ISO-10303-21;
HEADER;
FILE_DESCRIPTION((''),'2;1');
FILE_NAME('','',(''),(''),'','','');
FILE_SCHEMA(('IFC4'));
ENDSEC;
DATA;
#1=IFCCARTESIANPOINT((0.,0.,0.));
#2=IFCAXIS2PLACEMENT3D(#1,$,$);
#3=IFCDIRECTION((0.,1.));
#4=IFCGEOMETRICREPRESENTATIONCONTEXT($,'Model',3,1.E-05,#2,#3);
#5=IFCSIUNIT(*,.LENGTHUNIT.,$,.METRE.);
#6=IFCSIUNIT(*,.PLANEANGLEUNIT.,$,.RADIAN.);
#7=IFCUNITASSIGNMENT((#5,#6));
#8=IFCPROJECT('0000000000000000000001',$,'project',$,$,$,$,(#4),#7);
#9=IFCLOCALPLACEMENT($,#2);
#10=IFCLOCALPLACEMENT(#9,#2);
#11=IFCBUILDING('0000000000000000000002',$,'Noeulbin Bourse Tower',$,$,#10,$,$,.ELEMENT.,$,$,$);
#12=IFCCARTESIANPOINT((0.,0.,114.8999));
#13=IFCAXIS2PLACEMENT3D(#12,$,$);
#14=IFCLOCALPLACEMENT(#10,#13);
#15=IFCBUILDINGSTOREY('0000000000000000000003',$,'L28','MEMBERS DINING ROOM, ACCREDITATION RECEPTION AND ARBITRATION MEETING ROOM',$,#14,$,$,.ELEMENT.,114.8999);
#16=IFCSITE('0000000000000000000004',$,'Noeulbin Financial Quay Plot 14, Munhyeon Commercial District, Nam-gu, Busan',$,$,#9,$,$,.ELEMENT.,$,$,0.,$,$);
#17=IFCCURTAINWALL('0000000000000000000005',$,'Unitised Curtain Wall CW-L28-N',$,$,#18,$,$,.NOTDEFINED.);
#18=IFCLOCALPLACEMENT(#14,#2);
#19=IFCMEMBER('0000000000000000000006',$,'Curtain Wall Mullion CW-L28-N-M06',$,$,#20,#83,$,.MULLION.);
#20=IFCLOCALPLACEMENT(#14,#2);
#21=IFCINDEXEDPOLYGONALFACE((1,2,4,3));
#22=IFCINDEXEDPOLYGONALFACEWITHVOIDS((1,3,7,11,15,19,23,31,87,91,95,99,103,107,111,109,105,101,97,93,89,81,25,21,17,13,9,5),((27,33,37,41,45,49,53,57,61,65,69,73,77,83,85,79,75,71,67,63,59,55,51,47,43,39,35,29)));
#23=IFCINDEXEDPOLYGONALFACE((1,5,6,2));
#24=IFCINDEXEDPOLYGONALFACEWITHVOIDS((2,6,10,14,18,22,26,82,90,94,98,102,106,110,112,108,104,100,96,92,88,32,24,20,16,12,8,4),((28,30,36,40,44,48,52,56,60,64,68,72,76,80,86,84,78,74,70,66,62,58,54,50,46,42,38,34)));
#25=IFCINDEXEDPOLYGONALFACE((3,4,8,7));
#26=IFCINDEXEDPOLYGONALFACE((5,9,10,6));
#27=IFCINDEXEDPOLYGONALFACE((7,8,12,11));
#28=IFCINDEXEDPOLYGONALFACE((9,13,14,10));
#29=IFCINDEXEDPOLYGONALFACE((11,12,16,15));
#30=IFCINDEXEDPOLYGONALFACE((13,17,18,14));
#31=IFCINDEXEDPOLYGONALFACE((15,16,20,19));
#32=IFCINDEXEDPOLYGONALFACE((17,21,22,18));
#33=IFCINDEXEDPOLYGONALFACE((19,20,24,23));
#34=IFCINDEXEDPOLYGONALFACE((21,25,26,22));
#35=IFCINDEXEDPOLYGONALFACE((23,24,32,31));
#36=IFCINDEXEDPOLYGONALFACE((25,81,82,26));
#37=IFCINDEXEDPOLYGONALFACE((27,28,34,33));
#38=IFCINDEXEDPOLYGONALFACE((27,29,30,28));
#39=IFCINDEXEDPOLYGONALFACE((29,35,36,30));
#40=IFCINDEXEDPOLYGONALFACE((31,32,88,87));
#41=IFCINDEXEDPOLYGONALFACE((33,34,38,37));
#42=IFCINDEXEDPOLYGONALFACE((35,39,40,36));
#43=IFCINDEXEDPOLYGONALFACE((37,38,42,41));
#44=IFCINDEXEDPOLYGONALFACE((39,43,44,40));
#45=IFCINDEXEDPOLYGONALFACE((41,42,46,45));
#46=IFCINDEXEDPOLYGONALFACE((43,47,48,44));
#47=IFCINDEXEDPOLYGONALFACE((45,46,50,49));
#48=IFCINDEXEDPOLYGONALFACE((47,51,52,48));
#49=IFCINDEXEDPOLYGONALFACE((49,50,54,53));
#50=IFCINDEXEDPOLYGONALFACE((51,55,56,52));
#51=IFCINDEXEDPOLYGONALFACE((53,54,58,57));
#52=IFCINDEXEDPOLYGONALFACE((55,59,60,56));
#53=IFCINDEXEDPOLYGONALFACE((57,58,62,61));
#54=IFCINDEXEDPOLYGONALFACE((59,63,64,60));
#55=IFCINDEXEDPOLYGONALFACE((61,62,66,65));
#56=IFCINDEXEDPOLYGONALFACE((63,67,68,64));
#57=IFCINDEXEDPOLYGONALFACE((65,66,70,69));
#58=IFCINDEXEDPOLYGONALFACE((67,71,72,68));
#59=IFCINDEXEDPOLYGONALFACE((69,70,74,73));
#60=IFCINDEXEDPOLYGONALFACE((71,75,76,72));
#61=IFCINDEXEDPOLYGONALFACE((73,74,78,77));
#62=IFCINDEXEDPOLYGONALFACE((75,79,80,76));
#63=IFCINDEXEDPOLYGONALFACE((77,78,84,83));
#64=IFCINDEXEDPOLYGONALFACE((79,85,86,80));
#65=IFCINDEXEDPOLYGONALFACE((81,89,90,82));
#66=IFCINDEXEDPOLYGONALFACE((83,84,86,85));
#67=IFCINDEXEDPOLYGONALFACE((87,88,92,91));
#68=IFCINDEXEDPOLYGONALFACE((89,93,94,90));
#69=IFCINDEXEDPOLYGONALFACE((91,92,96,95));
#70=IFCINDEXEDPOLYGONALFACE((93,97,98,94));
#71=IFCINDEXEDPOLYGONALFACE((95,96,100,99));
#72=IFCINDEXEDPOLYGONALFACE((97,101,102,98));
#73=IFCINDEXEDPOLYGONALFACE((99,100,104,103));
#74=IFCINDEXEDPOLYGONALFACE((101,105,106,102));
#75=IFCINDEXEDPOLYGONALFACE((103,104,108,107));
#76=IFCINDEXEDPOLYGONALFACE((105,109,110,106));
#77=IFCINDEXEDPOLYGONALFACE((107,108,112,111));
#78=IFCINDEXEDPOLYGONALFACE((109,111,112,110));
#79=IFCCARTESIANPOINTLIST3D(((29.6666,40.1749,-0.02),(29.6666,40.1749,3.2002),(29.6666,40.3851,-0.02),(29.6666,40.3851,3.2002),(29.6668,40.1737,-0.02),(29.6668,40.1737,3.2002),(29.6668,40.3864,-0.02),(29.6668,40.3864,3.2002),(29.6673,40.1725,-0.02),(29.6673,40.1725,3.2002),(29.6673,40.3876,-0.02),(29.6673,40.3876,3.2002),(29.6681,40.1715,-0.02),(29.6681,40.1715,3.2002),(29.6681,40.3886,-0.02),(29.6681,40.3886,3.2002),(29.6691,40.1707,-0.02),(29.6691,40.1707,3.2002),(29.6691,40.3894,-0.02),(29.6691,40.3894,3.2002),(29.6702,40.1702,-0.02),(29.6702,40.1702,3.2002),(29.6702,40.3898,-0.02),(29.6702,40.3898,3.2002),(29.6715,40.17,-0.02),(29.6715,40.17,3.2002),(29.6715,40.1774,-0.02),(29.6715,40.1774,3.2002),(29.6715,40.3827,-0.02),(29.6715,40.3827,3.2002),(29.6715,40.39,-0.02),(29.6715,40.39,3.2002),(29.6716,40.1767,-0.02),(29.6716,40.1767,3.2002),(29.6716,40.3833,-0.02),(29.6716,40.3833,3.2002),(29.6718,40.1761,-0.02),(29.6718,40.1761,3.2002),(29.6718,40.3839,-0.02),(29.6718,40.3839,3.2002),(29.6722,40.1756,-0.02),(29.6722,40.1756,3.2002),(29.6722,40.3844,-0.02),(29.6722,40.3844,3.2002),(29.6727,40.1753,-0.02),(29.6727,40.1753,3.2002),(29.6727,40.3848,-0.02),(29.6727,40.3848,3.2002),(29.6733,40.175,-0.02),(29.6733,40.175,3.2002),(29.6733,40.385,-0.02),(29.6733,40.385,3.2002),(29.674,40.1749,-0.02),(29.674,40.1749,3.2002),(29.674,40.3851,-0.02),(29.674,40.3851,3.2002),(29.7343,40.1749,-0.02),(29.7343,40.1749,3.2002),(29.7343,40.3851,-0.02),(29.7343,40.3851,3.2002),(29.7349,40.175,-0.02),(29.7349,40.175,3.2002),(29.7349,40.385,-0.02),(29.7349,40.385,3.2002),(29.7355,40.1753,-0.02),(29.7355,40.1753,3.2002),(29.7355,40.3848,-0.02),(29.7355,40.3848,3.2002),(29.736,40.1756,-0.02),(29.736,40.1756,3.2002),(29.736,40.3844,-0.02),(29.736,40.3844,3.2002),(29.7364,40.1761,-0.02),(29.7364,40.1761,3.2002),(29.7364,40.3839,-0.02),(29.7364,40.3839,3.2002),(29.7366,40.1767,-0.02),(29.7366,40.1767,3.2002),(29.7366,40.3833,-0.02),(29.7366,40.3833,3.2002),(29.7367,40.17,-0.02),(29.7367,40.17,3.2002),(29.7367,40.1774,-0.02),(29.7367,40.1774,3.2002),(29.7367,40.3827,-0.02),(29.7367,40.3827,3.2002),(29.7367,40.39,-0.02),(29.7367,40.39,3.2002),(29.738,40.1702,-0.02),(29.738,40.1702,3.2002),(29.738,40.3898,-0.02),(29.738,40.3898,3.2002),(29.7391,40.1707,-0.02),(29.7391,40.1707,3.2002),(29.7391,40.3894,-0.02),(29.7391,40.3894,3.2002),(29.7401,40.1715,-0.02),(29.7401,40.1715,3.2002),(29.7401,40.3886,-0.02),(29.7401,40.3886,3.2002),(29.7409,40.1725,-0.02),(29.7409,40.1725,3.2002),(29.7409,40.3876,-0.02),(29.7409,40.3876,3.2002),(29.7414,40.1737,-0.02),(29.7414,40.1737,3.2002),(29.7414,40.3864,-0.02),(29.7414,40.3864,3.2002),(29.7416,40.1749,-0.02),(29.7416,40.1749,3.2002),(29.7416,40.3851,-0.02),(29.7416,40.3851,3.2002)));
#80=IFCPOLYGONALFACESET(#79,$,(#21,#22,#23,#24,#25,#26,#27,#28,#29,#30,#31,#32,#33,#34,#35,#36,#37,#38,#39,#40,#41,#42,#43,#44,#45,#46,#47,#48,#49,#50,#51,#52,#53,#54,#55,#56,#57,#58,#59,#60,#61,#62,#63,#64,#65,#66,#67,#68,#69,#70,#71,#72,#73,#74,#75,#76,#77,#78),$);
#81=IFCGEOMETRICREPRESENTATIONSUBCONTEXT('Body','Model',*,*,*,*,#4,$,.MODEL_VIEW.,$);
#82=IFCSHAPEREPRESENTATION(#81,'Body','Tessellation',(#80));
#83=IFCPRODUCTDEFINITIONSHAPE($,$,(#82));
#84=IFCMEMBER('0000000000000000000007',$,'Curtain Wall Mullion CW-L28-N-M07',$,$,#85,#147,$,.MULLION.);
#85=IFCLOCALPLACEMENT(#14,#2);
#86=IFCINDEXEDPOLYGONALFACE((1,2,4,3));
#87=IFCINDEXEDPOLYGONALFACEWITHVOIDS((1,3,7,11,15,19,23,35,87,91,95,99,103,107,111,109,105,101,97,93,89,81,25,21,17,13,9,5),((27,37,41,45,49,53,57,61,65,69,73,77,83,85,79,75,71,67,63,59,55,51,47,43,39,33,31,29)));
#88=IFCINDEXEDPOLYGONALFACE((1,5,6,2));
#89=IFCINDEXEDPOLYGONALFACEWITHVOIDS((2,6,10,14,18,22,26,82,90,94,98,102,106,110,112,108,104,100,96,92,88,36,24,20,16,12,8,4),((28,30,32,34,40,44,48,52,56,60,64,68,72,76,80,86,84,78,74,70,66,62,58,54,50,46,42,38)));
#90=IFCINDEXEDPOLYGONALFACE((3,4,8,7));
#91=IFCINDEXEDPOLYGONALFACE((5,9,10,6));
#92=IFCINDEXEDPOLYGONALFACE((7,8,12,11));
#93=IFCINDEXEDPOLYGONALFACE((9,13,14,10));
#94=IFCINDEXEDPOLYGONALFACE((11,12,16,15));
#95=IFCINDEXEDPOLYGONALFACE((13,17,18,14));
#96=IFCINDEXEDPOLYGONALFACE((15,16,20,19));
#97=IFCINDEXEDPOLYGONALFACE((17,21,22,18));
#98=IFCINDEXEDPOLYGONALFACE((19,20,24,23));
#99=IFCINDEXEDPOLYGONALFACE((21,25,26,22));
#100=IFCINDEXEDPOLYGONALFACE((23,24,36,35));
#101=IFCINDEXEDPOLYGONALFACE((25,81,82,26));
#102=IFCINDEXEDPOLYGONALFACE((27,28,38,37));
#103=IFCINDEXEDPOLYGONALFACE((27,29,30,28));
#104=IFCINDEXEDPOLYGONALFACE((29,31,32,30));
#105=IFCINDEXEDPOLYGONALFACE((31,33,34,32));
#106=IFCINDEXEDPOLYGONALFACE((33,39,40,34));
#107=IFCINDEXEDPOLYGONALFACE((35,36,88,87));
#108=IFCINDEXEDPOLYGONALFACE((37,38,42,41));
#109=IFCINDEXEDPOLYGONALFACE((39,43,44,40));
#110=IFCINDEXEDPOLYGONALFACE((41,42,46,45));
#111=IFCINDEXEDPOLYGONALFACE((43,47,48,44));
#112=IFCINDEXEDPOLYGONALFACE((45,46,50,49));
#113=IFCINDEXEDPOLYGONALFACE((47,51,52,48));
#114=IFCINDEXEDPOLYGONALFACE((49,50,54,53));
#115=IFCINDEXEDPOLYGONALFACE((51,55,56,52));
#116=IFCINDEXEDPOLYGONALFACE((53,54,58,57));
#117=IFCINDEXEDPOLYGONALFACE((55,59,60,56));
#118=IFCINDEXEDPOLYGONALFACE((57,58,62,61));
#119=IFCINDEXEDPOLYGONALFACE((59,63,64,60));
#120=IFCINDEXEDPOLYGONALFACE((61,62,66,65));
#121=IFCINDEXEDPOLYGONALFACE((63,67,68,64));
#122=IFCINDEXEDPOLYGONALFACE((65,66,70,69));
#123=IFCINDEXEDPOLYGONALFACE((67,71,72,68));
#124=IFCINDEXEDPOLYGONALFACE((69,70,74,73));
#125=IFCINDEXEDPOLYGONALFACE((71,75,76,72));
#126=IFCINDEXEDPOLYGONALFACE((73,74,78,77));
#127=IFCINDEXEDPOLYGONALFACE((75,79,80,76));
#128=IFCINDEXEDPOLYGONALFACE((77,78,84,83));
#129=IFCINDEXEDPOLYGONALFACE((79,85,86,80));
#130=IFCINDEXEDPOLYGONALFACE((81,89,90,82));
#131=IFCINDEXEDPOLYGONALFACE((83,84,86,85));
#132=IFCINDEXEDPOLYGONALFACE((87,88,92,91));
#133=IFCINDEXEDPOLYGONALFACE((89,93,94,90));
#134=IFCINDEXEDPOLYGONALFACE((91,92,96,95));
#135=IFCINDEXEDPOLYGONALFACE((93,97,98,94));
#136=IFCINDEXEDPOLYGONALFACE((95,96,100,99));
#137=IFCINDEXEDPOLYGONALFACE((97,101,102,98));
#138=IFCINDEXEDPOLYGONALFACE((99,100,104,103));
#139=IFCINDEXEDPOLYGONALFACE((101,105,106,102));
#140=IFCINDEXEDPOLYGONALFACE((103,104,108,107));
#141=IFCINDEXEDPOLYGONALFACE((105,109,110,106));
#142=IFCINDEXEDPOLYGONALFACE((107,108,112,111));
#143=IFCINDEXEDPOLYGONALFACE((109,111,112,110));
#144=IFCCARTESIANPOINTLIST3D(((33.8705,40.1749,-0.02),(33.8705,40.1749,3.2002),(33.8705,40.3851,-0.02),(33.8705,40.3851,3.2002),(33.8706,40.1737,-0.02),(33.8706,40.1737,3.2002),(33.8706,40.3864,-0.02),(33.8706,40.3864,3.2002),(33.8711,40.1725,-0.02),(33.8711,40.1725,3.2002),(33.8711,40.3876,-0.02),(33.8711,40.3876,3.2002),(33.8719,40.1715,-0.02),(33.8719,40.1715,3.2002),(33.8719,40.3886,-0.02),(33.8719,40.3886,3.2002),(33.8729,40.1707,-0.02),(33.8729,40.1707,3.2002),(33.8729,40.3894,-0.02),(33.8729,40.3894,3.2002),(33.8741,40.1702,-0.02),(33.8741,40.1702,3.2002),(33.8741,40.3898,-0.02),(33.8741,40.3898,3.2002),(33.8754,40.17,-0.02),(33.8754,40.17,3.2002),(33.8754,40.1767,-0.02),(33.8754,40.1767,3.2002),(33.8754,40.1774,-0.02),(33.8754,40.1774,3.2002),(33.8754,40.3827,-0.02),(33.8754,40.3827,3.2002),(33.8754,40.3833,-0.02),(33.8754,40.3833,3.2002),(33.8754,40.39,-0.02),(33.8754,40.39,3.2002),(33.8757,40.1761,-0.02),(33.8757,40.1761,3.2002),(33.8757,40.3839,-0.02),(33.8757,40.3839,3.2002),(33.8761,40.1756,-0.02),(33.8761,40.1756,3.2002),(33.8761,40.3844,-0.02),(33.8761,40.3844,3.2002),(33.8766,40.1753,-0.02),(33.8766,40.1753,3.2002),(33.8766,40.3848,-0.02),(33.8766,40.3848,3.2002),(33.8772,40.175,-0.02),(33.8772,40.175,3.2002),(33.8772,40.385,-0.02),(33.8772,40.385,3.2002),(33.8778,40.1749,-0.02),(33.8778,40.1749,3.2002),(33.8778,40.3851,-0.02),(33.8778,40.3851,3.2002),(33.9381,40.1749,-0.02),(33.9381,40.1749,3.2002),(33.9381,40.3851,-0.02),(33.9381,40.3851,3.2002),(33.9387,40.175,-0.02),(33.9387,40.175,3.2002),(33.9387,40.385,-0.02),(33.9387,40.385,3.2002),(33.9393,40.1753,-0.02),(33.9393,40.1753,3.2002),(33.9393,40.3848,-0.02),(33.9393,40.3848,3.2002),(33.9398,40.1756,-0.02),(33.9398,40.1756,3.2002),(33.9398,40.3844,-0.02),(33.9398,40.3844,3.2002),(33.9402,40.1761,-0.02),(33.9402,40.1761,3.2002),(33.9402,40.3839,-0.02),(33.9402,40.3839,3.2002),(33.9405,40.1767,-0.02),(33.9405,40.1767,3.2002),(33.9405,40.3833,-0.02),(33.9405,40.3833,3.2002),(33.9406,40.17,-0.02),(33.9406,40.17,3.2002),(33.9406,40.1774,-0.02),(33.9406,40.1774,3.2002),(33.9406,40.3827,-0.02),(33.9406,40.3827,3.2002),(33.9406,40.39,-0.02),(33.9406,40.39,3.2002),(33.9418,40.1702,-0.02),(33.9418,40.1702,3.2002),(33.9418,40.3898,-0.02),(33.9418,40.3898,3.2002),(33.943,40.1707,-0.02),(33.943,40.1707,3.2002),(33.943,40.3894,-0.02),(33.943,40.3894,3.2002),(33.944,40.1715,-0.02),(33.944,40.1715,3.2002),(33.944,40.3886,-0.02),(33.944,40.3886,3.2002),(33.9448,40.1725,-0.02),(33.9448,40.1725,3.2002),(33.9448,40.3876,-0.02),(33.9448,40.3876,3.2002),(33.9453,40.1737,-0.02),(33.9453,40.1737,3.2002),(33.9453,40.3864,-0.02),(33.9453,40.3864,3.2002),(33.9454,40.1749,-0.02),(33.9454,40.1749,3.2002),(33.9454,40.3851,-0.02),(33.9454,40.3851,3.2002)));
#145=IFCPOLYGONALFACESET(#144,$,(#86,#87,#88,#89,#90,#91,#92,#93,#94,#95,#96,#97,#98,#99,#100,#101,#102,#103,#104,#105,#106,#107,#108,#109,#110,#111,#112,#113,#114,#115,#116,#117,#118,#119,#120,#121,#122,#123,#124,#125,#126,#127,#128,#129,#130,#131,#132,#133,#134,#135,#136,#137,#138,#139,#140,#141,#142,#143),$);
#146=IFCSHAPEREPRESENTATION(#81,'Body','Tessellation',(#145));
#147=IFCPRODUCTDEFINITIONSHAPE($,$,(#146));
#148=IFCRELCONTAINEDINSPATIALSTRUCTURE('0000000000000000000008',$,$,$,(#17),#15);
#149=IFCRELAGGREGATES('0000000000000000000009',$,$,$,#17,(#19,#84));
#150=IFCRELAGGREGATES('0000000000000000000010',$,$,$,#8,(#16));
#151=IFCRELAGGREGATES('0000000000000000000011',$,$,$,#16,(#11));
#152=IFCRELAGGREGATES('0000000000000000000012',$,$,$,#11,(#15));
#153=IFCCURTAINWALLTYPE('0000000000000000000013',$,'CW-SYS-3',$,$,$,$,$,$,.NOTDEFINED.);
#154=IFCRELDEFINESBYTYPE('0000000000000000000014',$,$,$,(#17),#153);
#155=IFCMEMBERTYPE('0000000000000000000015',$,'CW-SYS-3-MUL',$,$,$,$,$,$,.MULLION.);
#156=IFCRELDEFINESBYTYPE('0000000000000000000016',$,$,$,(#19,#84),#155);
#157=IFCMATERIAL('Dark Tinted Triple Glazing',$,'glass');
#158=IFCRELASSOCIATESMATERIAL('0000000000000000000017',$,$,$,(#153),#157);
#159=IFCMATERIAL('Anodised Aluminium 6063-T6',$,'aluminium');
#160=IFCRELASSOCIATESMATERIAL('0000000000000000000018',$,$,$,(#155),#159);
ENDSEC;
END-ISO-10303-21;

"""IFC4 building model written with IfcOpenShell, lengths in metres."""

from ifc_helpers import new_model, si_unit, direction, frame, origin, origin_2d, place, context, subcontext, project, spatial, hollow_rectangle, extrude, material, material_profile, profile_set, type_object, element, aggregate, save


model = new_model("IFC4")

# Units and contexts
model_context = context("Model", 3, precision=1e-05, world=origin(), true_north=direction((0.0, 1.0)))
body_context = subcontext(model_context, "Body", "Model", "MODEL_VIEW")
ifc_project = project(units=[si_unit("LENGTHUNIT", "METRE"), si_unit("PLANEANGLEUNIT", "RADIAN")], contexts=[model_context])

# Site, building, storey
site_placement = place(None, origin())
site = spatial("IfcSite", under=ifc_project, at=site_placement, Name="Noeulbin Financial Quay Plot 14, Munhyeon Commercial District, Nam-gu, Busan", CompositionType="ELEMENT", RefElevation=0.0)
building_placement = place(site_placement, origin())
building = spatial("IfcBuilding", under=site, at=building_placement, Name="Noeulbin Bourse Tower", CompositionType="ELEMENT")
storey_placement = place(building_placement, frame((0.0, 0.0, 114.8999)))
storey = spatial("IfcBuildingStorey", under=building, at=storey_placement, Name="L28", Description="MEMBERS DINING ROOM, ACCREDITATION RECEPTION AND ARBITRATION MEETING ROOM", CompositionType="ELEMENT", Elevation=114.8999)

# Curtain wall, members
ifc_material_1 = material(Name="Dark Tinted Triple Glazing", Category="glass")
curtain_wall_type = type_object("IfcCurtainWallType", Name="CW-SYS-3", PredefinedType="NOTDEFINED", material=ifc_material_1)
curtain_wall_placement = place(storey_placement, origin())
curtain_wall = element("IfcCurtainWall", 1, at=curtain_wall_placement, inside=storey, type_object=curtain_wall_type, Name="Unitised Curtain Wall CW-L28-N", PredefinedType="NOTDEFINED")
ifc_material_2 = material(Name="Anodised Aluminium 6063-T6", Category="aluminium")
ifc_material_profile_1 = material_profile(ifc_material_2, hollow_rectangle(XDim=0.075, YDim=0.22, WallThickness=0.0049, InnerFilletRadius=0.0024, OuterFilletRadius=0.0049, at=origin_2d()), Name="ALU-MULL-75x220x5", Category="LoadBearing")
ifc_profile_set_1 = profile_set([ifc_material_profile_1], Name="Anodised Aluminium 6063-T6")
member_type = type_object("IfcMemberType", Name="CW-SYS-3-MUL", PredefinedType="MULLION", material=ifc_profile_set_1)
member_1_placement = place(storey_placement, frame((29.7041, 40.28, -0.02), z_axis=(0.0, 0.0, 1.0), x_axis=(1.0, 0.0, 0.0)))
member_1 = element("IfcMember", 2, at=member_1_placement, type_object=member_type, Name="Curtain Wall Mullion CW-L28-N-M06", PredefinedType="MULLION", context=body_context, shape_type="SweptSolid", body=[
    extrude(hollow_rectangle(XDim=0.075, YDim=0.22, WallThickness=0.0049, InnerFilletRadius=0.0024, OuterFilletRadius=0.0049, at=origin_2d()), origin(), (0.0, 0.0, 1.0), 3.2202),
])
member_2_placement = place(storey_placement, frame((33.908, 40.28, -0.02), z_axis=(0.0, 0.0, 1.0), x_axis=(1.0, 0.0, 0.0)))
member_2 = element("IfcMember", 3, at=member_2_placement, type_object=member_type, Name="Curtain Wall Mullion CW-L28-N-M07", PredefinedType="MULLION", context=body_context, shape_type="SweptSolid", body=[
    extrude(hollow_rectangle(XDim=0.075, YDim=0.22, WallThickness=0.0049, InnerFilletRadius=0.0024, OuterFilletRadius=0.0049, at=origin_2d()), origin(), (0.0, 0.0, 1.0), 3.2202),
])
aggregate(curtain_wall, [member_1, member_2])

save(model, "model.ifc")
